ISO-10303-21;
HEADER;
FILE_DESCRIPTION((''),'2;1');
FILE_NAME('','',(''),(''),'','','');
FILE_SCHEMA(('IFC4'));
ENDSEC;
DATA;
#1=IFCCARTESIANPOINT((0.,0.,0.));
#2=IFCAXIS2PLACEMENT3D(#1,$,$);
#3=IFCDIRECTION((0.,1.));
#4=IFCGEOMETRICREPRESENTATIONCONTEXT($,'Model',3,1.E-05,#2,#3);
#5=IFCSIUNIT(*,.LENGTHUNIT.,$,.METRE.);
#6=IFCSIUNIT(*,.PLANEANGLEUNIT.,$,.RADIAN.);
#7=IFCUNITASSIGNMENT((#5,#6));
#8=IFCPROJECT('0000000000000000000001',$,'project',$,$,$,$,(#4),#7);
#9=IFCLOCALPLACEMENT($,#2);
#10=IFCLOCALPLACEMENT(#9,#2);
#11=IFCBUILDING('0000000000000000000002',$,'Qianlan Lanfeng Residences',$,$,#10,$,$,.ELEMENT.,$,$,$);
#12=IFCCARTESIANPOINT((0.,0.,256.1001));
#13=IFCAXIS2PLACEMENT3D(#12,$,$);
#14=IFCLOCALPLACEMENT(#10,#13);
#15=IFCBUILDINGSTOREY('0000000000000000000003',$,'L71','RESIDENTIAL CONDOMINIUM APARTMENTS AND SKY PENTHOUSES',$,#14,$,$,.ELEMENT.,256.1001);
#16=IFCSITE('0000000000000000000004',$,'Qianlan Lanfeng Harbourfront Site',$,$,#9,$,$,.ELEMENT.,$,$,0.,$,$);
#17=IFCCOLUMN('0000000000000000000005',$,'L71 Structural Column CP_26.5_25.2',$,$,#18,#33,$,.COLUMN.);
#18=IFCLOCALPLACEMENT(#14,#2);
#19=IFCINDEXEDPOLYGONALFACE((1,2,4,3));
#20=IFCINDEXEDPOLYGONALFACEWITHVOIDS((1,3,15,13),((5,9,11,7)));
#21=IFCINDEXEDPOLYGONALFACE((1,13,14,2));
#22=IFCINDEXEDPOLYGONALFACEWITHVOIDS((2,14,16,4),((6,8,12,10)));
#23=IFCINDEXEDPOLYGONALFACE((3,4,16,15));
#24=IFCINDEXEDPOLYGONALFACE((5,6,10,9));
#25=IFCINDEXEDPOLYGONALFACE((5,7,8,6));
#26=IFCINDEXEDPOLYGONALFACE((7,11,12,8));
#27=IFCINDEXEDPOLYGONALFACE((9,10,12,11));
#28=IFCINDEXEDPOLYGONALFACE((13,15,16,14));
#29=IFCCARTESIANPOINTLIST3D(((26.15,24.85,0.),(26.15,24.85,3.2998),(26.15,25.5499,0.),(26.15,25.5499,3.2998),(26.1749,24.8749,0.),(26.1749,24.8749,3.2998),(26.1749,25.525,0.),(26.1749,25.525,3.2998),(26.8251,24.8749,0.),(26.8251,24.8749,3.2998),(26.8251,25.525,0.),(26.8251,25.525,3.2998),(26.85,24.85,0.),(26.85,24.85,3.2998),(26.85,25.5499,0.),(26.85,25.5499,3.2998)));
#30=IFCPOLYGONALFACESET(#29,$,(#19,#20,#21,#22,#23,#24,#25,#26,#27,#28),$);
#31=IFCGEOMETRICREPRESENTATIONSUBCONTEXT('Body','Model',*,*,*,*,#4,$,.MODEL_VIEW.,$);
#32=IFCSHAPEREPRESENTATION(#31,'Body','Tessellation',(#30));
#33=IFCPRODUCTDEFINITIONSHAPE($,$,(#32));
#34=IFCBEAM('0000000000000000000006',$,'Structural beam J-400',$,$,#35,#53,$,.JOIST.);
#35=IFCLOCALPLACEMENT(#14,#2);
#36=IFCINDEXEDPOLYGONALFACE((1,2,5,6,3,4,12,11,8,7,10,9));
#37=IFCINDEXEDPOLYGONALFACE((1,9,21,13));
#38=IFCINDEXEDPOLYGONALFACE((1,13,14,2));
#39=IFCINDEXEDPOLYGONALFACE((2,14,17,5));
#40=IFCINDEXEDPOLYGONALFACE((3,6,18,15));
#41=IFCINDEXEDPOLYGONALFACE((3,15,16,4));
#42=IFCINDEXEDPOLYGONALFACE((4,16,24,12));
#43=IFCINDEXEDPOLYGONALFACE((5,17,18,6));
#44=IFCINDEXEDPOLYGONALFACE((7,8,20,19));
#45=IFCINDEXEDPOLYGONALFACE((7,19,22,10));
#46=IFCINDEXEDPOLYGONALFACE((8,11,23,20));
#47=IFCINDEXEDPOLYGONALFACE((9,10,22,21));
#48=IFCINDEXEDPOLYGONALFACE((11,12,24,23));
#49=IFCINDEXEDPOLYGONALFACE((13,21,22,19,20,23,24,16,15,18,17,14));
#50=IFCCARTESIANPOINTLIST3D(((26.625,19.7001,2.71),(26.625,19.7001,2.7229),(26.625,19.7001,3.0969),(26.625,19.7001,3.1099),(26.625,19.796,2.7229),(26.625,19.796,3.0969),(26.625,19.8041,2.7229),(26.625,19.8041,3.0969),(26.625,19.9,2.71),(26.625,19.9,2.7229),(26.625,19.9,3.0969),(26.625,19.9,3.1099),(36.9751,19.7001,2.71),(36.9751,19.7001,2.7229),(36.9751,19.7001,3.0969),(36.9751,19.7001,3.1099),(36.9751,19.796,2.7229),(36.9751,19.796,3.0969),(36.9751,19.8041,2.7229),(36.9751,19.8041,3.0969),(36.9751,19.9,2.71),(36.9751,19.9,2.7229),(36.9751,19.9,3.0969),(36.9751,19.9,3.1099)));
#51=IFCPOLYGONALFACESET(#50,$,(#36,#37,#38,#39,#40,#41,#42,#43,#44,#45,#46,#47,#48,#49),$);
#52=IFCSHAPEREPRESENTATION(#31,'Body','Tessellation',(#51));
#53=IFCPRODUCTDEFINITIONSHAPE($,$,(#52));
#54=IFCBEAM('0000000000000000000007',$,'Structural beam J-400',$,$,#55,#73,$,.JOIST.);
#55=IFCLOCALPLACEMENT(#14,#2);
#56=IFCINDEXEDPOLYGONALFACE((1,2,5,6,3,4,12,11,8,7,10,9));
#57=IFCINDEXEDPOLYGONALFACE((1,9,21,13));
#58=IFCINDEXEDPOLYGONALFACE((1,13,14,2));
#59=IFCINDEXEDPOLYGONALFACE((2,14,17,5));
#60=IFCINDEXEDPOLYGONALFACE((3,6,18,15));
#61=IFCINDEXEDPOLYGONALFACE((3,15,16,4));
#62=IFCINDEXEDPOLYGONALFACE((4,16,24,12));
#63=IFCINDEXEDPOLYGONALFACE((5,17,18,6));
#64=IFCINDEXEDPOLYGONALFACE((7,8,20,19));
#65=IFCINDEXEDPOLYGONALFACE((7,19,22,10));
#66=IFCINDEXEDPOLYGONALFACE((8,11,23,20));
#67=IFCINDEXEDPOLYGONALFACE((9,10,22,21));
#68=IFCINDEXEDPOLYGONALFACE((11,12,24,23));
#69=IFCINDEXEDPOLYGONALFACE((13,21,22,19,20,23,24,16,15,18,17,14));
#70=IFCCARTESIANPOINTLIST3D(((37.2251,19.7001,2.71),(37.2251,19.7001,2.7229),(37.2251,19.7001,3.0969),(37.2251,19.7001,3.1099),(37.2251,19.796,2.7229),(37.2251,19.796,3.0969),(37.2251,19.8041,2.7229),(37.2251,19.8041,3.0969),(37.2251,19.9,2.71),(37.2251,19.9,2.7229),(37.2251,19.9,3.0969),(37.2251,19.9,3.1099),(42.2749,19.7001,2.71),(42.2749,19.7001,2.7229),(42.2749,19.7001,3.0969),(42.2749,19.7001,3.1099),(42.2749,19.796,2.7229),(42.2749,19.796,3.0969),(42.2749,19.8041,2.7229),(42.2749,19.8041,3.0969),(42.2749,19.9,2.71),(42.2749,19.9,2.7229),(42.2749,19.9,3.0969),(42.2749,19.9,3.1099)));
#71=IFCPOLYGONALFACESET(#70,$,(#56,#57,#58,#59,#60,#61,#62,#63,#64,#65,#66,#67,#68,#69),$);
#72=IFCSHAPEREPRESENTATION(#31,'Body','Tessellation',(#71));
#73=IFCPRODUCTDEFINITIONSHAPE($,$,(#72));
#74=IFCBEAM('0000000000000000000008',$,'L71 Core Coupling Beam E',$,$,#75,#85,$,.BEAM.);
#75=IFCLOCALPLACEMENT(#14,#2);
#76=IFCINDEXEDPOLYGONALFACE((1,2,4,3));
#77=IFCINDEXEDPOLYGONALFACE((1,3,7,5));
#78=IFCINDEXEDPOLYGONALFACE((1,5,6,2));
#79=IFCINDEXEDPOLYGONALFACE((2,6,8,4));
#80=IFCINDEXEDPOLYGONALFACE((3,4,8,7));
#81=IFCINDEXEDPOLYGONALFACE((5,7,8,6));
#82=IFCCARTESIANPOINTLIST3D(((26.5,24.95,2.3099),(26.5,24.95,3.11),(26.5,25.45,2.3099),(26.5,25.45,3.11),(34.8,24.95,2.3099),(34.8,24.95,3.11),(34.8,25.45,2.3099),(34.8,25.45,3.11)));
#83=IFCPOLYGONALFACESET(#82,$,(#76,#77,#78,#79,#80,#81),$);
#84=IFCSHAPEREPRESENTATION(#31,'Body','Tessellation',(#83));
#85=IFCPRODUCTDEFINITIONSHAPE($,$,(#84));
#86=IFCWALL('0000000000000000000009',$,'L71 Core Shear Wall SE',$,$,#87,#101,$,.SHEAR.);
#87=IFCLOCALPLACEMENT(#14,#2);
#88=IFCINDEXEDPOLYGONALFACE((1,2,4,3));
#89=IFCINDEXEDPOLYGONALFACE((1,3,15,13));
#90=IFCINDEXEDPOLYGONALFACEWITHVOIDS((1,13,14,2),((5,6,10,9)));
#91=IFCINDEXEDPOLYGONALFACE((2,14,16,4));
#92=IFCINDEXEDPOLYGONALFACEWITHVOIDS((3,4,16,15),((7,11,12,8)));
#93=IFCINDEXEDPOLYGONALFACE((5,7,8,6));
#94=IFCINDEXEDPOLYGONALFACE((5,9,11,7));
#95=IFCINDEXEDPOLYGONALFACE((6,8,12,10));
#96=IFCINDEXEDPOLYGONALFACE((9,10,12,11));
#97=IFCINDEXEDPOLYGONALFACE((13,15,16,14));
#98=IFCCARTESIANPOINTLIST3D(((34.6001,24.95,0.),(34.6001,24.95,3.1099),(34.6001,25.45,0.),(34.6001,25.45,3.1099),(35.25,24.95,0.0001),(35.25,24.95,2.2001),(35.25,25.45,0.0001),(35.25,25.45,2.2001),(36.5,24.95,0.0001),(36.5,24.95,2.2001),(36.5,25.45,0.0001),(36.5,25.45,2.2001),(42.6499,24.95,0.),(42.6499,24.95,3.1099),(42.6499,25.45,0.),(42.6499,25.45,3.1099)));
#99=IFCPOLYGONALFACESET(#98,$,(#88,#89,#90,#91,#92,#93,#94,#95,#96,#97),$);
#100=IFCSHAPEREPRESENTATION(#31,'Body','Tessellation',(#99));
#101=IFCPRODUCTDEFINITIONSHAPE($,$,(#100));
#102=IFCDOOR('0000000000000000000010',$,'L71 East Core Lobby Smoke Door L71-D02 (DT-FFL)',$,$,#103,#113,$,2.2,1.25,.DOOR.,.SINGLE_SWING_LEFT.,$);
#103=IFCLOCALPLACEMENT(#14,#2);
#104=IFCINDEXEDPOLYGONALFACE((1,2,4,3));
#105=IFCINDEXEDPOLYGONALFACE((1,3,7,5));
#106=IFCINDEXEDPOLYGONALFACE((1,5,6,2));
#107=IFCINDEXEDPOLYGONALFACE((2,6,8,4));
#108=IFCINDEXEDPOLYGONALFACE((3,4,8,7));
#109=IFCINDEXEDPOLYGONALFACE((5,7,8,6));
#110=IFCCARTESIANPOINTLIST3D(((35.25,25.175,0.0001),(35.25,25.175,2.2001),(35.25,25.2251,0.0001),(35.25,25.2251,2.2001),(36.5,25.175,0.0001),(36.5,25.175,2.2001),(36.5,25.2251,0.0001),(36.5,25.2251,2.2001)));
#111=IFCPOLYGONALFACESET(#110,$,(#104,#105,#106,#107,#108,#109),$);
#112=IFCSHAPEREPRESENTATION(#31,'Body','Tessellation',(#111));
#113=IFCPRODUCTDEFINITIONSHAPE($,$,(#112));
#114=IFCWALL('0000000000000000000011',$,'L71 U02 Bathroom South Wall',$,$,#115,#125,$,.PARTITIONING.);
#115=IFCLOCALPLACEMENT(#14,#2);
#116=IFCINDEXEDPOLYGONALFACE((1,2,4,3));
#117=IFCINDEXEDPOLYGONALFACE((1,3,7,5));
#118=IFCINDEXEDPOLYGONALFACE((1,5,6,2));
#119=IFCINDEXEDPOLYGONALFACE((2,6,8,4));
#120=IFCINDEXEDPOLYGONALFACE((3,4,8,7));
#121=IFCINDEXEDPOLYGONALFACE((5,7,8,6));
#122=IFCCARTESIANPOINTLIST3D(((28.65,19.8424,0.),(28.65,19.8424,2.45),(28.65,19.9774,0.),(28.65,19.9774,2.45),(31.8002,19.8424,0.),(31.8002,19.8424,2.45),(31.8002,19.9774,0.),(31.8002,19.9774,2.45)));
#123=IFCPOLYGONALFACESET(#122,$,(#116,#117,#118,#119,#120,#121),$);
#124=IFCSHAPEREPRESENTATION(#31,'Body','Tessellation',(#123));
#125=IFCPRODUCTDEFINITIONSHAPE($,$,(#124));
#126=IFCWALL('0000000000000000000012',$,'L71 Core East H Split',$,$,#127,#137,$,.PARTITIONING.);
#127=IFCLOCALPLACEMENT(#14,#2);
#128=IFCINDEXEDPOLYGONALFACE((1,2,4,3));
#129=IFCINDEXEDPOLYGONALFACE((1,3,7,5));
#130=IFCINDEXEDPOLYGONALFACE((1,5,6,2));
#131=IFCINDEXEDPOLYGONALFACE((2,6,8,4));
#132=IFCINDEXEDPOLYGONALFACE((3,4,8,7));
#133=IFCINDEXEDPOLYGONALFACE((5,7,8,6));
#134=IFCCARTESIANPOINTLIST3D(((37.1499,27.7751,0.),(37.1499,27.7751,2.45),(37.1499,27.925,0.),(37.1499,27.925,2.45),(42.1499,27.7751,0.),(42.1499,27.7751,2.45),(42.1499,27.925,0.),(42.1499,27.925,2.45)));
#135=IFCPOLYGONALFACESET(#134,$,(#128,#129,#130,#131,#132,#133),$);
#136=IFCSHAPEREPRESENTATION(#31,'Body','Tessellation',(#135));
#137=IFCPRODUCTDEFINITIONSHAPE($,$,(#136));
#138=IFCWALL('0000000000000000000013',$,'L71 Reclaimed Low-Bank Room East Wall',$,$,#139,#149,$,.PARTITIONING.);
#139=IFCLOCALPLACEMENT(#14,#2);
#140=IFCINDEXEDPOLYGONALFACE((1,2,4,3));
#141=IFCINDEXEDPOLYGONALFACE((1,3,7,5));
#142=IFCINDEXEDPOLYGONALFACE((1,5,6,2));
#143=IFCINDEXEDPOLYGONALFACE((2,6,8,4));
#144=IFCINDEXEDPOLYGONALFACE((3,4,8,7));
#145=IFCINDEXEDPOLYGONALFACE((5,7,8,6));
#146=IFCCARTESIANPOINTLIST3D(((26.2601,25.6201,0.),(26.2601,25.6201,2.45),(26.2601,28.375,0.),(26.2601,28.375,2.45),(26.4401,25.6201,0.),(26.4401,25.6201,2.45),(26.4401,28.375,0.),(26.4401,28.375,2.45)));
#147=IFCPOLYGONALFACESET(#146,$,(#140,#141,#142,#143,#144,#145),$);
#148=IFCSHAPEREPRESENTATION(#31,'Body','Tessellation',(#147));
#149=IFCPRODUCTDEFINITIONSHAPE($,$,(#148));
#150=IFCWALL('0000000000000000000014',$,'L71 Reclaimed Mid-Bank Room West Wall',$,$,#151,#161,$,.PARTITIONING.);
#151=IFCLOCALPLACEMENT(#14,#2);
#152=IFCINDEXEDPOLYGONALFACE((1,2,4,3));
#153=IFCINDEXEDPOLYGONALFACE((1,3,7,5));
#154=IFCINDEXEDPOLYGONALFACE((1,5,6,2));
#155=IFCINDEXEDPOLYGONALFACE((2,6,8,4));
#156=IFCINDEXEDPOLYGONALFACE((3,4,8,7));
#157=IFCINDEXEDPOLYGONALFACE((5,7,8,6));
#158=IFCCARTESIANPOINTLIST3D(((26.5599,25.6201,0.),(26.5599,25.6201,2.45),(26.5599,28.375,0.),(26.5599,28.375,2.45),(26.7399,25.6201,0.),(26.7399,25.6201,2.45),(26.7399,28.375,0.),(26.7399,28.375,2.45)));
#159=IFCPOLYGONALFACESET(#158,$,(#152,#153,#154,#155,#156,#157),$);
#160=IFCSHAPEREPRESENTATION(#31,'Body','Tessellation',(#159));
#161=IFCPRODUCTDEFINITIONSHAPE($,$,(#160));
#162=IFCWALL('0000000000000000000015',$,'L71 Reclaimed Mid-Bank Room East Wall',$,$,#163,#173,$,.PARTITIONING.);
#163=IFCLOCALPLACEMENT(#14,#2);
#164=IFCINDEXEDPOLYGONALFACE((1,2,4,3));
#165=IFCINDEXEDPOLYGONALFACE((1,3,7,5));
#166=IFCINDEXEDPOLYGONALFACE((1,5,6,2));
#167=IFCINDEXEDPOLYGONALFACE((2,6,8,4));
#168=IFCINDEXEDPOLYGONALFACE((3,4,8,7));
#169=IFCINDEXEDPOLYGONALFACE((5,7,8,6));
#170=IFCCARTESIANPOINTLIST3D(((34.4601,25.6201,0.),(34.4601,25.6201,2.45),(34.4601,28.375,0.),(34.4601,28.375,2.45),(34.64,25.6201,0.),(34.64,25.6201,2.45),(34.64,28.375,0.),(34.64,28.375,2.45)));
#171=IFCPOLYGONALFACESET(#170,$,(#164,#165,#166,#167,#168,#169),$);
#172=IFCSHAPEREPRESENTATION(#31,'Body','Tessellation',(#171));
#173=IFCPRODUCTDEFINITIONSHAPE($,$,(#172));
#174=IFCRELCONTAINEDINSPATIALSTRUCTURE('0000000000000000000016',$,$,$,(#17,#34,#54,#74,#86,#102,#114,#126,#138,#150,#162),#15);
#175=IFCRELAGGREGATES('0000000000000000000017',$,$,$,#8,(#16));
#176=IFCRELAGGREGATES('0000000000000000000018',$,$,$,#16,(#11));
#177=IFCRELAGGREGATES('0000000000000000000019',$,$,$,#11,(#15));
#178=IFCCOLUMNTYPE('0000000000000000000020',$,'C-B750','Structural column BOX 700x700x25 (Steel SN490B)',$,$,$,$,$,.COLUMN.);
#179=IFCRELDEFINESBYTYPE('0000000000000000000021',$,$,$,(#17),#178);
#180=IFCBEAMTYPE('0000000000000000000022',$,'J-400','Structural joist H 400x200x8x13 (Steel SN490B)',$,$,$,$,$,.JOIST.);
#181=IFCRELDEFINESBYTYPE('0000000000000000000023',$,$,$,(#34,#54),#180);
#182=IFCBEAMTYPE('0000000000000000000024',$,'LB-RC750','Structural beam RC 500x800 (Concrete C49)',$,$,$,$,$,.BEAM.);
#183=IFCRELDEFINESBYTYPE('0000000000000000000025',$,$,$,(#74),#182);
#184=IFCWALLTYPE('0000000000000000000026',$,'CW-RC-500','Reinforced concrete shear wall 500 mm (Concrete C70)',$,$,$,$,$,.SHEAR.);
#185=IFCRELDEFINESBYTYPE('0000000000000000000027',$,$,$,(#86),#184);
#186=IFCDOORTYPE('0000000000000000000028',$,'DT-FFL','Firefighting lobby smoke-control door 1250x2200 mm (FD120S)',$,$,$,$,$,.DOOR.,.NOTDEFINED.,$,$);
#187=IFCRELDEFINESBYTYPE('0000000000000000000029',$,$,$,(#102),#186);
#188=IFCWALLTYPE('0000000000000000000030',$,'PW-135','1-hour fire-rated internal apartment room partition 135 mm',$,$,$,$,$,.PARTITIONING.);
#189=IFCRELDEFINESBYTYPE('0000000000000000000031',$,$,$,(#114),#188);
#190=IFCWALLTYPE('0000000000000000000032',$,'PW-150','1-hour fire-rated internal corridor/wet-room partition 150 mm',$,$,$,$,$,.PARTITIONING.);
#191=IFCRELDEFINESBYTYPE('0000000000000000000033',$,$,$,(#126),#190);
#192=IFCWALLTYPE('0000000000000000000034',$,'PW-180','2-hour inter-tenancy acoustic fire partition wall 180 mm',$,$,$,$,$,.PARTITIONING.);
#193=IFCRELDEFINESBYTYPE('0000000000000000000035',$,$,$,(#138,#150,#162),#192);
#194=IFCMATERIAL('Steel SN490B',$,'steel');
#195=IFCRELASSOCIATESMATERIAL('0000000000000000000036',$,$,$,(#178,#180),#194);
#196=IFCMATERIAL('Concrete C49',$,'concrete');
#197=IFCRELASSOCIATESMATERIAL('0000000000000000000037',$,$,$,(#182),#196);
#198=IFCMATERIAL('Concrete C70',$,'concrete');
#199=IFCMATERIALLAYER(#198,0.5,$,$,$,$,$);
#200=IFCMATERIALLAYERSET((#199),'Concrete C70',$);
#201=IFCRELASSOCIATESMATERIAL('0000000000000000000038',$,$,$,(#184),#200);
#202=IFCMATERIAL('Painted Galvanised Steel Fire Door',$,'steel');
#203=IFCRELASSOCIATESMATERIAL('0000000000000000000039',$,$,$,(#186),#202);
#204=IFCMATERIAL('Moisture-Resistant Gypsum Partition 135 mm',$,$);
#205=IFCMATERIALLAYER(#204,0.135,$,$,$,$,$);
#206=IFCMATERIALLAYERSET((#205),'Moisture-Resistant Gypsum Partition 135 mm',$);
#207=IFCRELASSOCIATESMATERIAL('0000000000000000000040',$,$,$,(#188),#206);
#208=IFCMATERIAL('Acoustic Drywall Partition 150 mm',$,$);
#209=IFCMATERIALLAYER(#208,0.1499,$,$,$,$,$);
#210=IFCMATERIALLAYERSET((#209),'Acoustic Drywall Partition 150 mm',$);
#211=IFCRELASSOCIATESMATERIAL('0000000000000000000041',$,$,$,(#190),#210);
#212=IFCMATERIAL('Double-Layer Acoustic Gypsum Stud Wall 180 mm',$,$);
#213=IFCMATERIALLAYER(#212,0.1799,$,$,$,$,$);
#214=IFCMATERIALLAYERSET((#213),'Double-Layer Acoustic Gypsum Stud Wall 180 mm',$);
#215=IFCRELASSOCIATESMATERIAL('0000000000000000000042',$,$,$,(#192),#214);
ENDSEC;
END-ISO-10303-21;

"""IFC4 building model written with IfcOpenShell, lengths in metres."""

from ifc_helpers import new_model, si_unit, direction, frame, frame_2d, origin, origin_2d, place, context, subcontext, project, spatial, rectangle, hollow_rectangle, i_section, extrude, material, layer, layer_set, material_profile, profile_set, type_object, element, fill, save


model = new_model("IFC4")

# Units and contexts
model_context = context("Model", 3, precision=1e-05, world=origin(), true_north=direction((0.0, 1.0)))
body_context = subcontext(model_context, "Body", "Model", "MODEL_VIEW")
ifc_project = project(units=[si_unit("LENGTHUNIT", "METRE"), si_unit("PLANEANGLEUNIT", "RADIAN")], contexts=[model_context])

# Site, building, storey
site_placement = place(None, origin())
site = spatial("IfcSite", under=ifc_project, at=site_placement, Name="Qianlan Lanfeng Harbourfront Site", CompositionType="ELEMENT", RefElevation=0.0)
building_placement = place(site_placement, origin())
building = spatial("IfcBuilding", under=site, at=building_placement, Name="Qianlan Lanfeng Residences", CompositionType="ELEMENT")
storey_placement = place(building_placement, frame((0.0, 0.0, 256.1001)))
storey = spatial("IfcBuildingStorey", under=building, at=storey_placement, Name="L71", Description="RESIDENTIAL CONDOMINIUM APARTMENTS AND SKY PENTHOUSES", CompositionType="ELEMENT", Elevation=256.1001)

# Column
ifc_material_1 = material(Name="Steel SN490B", Category="steel")
ifc_material_profile_1 = material_profile(ifc_material_1, hollow_rectangle(XDim=0.7, YDim=0.7, WallThickness=0.0249, at=origin_2d()), Name="BOX 700x700x25")
ifc_profile_set_1 = profile_set([ifc_material_profile_1], Name="Steel SN490B")
column_type = type_object("IfcColumnType", Name="C-B750", Description="Structural column BOX 700x700x25 (Steel SN490B)", PredefinedType="COLUMN", material=ifc_profile_set_1)
column_placement = place(storey_placement, frame((26.5, 25.2, 0.0), z_axis=(0.0, 0.0, 1.0), x_axis=(1.0, 0.0, 0.0)))
element("IfcColumn", 1, at=column_placement, inside=storey, type_object=column_type, Name="L71 Structural Column CP_26.5_25.2", PredefinedType="COLUMN", context=body_context, shape_type="SweptSolid", body=[
    extrude(hollow_rectangle(XDim=0.7, YDim=0.7, WallThickness=0.0249, at=origin_2d()), origin(), (0.0, 0.0, 1.0), 3.2998),
])

# Beams
ifc_material_profile_2 = material_profile(ifc_material_1, i_section(OverallWidth=0.2, OverallDepth=0.3999, WebThickness=0.0081, FlangeThickness=0.0129, at=origin_2d()), Name="H 400x200x8x13")
ifc_profile_set_2 = profile_set([ifc_material_profile_2], Name="Steel SN490B")
beam_type_1 = type_object("IfcBeamType", Name="J-400", Description="Structural joist H 400x200x8x13 (Steel SN490B)", PredefinedType="JOIST", material=ifc_profile_set_2)
beam_1_placement = place(storey_placement, frame((26.625, 19.8, 2.9099), z_axis=(1.0, 0.0, 0.0), x_axis=(0.0, 1.0, 0.0)))
element("IfcBeam", 2, at=beam_1_placement, inside=storey, type_object=beam_type_1, Name="Structural beam J-400", PredefinedType="JOIST", context=body_context, shape_type="SweptSolid", body=[
    extrude(i_section(OverallWidth=0.2, OverallDepth=0.3999, WebThickness=0.0081, FlangeThickness=0.0129, at=origin_2d()), origin(), (0.0, 0.0, 1.0), 10.3501),
])
beam_2_placement = place(storey_placement, frame((37.2251, 19.8, 2.9099), z_axis=(1.0, 0.0, 0.0), x_axis=(0.0, 1.0, 0.0)))
element("IfcBeam", 3, at=beam_2_placement, inside=storey, type_object=beam_type_1, Name="Structural beam J-400", PredefinedType="JOIST", context=body_context, shape_type="SweptSolid", body=[
    extrude(i_section(OverallWidth=0.2, OverallDepth=0.3999, WebThickness=0.0081, FlangeThickness=0.0129, at=origin_2d()), origin(), (0.0, 0.0, 1.0), 5.0498),
])
ifc_material_2 = material(Name="Concrete C49", Category="concrete")
ifc_material_profile_3 = material_profile(ifc_material_2, rectangle(XDim=0.5, YDim=0.8, at=origin_2d()), Name="RC 500x800")
ifc_profile_set_3 = profile_set([ifc_material_profile_3], Name="Concrete C49")
beam_type_2 = type_object("IfcBeamType", Name="LB-RC750", Description="Structural beam RC 500x800 (Concrete C49)", PredefinedType="BEAM", material=ifc_profile_set_3)
beam_3_placement = place(storey_placement, frame((26.5, 25.2, 2.71), z_axis=(1.0, 0.0, 0.0), x_axis=(0.0, 1.0, 0.0)))
element("IfcBeam", 4, at=beam_3_placement, inside=storey, type_object=beam_type_2, Name="L71 Core Coupling Beam E", PredefinedType="BEAM", context=body_context, shape_type="SweptSolid", body=[
    extrude(rectangle(XDim=0.5, YDim=0.8, at=origin_2d()), origin(), (0.0, 0.0, 1.0), 8.3),
])

# Wall, opening, door
ifc_material_3 = material(Name="Concrete C70", Category="concrete")
ifc_layer_1 = layer(ifc_material_3, 0.5)
ifc_layer_set_1 = layer_set([ifc_layer_1], Name="Concrete C70")
wall_type_1 = type_object("IfcWallType", Name="CW-RC-500", Description="Reinforced concrete shear wall 500 mm (Concrete C70)", PredefinedType="SHEAR", material=ifc_layer_set_1)
wall_1_placement = place(storey_placement, frame((34.6001, 25.2, 0.0), z_axis=(0.0, 0.0, 1.0), x_axis=(1.0, 0.0, 0.0)))
wall_1 = element("IfcWall", 5, at=wall_1_placement, inside=storey, type_object=wall_type_1, Name="L71 Core Shear Wall SE", PredefinedType="SHEAR", context=body_context, shape_type="SweptSolid", body=[
    extrude(rectangle(XDim=8.0498, YDim=0.5, at=frame_2d((4.0249, 0.0))), origin(), (0.0, 0.0, 1.0), 3.1099),
])
opening_1_placement = place(wall_1_placement, frame((0.6499, 0.0, 0.0)))
opening_1 = element("IfcOpeningElement", 6, at=opening_1_placement, cuts=wall_1, PredefinedType="OPENING", context=body_context, shape_type="SweptSolid", body=[
    extrude(rectangle(XDim=1.25, YDim=2.2, at=frame_2d((0.625, 1.1001))), frame((0.0, 0.26, 0.0), z_axis=(0.0, -1.0, 0.0), x_axis=(1.0, 0.0, 0.0)), (0.0, 0.0, 1.0), 0.52),
])
ifc_material_4 = material(Name="Painted Galvanised Steel Fire Door", Category="steel")
door_type_1 = type_object("IfcDoorType", Name="DT-FFL", Description="Firefighting lobby smoke-control door 1250x2200 mm (FD120S)", OperationType="NOTDEFINED", PredefinedType="DOOR", material=ifc_material_4)
door_1_placement = place(opening_1_placement, frame((1.25, 0.0, 0.0), z_axis=(0.0, 0.0, 1.0), x_axis=(-1.0, 0.0, 0.0)))
door_1 = element("IfcDoor", 7, at=door_1_placement, inside=storey, type_object=door_type_1, Name="L71 East Core Lobby Smoke Door L71-D02 (DT-FFL)", OperationType="SINGLE_SWING_LEFT", OverallHeight=2.2, OverallWidth=1.25, PredefinedType="DOOR", context=body_context, shape_type="SweptSolid", body=[
    extrude(rectangle(XDim=1.25, YDim=2.2, at=frame_2d((0.625, 1.1001))), frame((0.0, 0.0249, 0.0), z_axis=(0.0, -1.0, 0.0), x_axis=(1.0, 0.0, 0.0)), (0.0, 0.0, 1.0), 0.05),
])
fill(opening_1, door_1)

# Walls
ifc_material_5 = material(Name="Moisture-Resistant Gypsum Partition 135 mm")
ifc_layer_2 = layer(ifc_material_5, 0.135)
ifc_layer_set_2 = layer_set([ifc_layer_2], Name="Moisture-Resistant Gypsum Partition 135 mm")
wall_type_2 = type_object("IfcWallType", Name="PW-135", Description="1-hour fire-rated internal apartment room partition 135 mm", PredefinedType="PARTITIONING", material=ifc_layer_set_2)
wall_2_placement = place(storey_placement, frame((28.6499, 19.9099, 0.0), z_axis=(0.0, 0.0, 1.0), x_axis=(1.0, 0.0, 0.0)))
element("IfcWall", 8, at=wall_2_placement, inside=storey, type_object=wall_type_2, Name="L71 U02 Bathroom South Wall", PredefinedType="PARTITIONING", context=body_context, shape_type="SweptSolid", body=[
    extrude(rectangle(XDim=3.1501, YDim=0.135, at=frame_2d((1.5752, 0.0))), origin(), (0.0, 0.0, 1.0), 2.45),
])
ifc_material_6 = material(Name="Acoustic Drywall Partition 150 mm")
ifc_layer_3 = layer(ifc_material_6, 0.1499)
ifc_layer_set_3 = layer_set([ifc_layer_3], Name="Acoustic Drywall Partition 150 mm")
wall_type_3 = type_object("IfcWallType", Name="PW-150", Description="1-hour fire-rated internal corridor/wet-room partition 150 mm", PredefinedType="PARTITIONING", material=ifc_layer_set_3)
wall_3_placement = place(storey_placement, frame((37.1499, 27.8501, 0.0), z_axis=(0.0, 0.0, 1.0), x_axis=(1.0, 0.0, 0.0)))
element("IfcWall", 9, at=wall_3_placement, inside=storey, type_object=wall_type_3, Name="L71 Core East H Split", PredefinedType="PARTITIONING", context=body_context, shape_type="SweptSolid", body=[
    extrude(rectangle(XDim=5.0, YDim=0.1499, at=frame_2d((2.5, 0.0))), origin(), (0.0, 0.0, 1.0), 2.45),
])

# Shared definitions
ifc_material_7 = material(Name="Double-Layer Acoustic Gypsum Stud Wall 180 mm")
ifc_layer_4 = layer(ifc_material_7, 0.1799)
ifc_layer_set_4 = layer_set([ifc_layer_4], Name="Double-Layer Acoustic Gypsum Stud Wall 180 mm")
wall_type_4 = type_object("IfcWallType", Name="PW-180", Description="2-hour inter-tenancy acoustic fire partition wall 180 mm", PredefinedType="PARTITIONING", material=ifc_layer_set_4)

# Walls
for number, where, z_axis, x_axis, name in (
    (10, (26.3501, 25.6201, 0.0), (0.0, 0.0, 1.0), (0.0, 1.0, 0.0), "L71 Reclaimed Low-Bank Room East Wall"),
    (11, (26.6499, 25.6201, 0.0), (0.0, 0.0, 1.0), (0.0, 1.0, 0.0), "L71 Reclaimed Mid-Bank Room West Wall"),
    (12, (34.55, 25.6201, 0.0), (0.0, 0.0, 1.0), (0.0, 1.0, 0.0), "L71 Reclaimed Mid-Bank Room East Wall"),
):
    element("IfcWall", number, at=place(storey_placement, frame(where, z_axis=z_axis, x_axis=x_axis)), inside=storey, type_object=wall_type_4, Name=name, PredefinedType="PARTITIONING", context=body_context, shape_type="SweptSolid", body=[
        extrude(rectangle(XDim=2.7549, YDim=0.1799, at=frame_2d((1.3774, 0.0))), origin(), (0.0, 0.0, 1.0), 2.45),
    ])

save(model, "model.ifc")
